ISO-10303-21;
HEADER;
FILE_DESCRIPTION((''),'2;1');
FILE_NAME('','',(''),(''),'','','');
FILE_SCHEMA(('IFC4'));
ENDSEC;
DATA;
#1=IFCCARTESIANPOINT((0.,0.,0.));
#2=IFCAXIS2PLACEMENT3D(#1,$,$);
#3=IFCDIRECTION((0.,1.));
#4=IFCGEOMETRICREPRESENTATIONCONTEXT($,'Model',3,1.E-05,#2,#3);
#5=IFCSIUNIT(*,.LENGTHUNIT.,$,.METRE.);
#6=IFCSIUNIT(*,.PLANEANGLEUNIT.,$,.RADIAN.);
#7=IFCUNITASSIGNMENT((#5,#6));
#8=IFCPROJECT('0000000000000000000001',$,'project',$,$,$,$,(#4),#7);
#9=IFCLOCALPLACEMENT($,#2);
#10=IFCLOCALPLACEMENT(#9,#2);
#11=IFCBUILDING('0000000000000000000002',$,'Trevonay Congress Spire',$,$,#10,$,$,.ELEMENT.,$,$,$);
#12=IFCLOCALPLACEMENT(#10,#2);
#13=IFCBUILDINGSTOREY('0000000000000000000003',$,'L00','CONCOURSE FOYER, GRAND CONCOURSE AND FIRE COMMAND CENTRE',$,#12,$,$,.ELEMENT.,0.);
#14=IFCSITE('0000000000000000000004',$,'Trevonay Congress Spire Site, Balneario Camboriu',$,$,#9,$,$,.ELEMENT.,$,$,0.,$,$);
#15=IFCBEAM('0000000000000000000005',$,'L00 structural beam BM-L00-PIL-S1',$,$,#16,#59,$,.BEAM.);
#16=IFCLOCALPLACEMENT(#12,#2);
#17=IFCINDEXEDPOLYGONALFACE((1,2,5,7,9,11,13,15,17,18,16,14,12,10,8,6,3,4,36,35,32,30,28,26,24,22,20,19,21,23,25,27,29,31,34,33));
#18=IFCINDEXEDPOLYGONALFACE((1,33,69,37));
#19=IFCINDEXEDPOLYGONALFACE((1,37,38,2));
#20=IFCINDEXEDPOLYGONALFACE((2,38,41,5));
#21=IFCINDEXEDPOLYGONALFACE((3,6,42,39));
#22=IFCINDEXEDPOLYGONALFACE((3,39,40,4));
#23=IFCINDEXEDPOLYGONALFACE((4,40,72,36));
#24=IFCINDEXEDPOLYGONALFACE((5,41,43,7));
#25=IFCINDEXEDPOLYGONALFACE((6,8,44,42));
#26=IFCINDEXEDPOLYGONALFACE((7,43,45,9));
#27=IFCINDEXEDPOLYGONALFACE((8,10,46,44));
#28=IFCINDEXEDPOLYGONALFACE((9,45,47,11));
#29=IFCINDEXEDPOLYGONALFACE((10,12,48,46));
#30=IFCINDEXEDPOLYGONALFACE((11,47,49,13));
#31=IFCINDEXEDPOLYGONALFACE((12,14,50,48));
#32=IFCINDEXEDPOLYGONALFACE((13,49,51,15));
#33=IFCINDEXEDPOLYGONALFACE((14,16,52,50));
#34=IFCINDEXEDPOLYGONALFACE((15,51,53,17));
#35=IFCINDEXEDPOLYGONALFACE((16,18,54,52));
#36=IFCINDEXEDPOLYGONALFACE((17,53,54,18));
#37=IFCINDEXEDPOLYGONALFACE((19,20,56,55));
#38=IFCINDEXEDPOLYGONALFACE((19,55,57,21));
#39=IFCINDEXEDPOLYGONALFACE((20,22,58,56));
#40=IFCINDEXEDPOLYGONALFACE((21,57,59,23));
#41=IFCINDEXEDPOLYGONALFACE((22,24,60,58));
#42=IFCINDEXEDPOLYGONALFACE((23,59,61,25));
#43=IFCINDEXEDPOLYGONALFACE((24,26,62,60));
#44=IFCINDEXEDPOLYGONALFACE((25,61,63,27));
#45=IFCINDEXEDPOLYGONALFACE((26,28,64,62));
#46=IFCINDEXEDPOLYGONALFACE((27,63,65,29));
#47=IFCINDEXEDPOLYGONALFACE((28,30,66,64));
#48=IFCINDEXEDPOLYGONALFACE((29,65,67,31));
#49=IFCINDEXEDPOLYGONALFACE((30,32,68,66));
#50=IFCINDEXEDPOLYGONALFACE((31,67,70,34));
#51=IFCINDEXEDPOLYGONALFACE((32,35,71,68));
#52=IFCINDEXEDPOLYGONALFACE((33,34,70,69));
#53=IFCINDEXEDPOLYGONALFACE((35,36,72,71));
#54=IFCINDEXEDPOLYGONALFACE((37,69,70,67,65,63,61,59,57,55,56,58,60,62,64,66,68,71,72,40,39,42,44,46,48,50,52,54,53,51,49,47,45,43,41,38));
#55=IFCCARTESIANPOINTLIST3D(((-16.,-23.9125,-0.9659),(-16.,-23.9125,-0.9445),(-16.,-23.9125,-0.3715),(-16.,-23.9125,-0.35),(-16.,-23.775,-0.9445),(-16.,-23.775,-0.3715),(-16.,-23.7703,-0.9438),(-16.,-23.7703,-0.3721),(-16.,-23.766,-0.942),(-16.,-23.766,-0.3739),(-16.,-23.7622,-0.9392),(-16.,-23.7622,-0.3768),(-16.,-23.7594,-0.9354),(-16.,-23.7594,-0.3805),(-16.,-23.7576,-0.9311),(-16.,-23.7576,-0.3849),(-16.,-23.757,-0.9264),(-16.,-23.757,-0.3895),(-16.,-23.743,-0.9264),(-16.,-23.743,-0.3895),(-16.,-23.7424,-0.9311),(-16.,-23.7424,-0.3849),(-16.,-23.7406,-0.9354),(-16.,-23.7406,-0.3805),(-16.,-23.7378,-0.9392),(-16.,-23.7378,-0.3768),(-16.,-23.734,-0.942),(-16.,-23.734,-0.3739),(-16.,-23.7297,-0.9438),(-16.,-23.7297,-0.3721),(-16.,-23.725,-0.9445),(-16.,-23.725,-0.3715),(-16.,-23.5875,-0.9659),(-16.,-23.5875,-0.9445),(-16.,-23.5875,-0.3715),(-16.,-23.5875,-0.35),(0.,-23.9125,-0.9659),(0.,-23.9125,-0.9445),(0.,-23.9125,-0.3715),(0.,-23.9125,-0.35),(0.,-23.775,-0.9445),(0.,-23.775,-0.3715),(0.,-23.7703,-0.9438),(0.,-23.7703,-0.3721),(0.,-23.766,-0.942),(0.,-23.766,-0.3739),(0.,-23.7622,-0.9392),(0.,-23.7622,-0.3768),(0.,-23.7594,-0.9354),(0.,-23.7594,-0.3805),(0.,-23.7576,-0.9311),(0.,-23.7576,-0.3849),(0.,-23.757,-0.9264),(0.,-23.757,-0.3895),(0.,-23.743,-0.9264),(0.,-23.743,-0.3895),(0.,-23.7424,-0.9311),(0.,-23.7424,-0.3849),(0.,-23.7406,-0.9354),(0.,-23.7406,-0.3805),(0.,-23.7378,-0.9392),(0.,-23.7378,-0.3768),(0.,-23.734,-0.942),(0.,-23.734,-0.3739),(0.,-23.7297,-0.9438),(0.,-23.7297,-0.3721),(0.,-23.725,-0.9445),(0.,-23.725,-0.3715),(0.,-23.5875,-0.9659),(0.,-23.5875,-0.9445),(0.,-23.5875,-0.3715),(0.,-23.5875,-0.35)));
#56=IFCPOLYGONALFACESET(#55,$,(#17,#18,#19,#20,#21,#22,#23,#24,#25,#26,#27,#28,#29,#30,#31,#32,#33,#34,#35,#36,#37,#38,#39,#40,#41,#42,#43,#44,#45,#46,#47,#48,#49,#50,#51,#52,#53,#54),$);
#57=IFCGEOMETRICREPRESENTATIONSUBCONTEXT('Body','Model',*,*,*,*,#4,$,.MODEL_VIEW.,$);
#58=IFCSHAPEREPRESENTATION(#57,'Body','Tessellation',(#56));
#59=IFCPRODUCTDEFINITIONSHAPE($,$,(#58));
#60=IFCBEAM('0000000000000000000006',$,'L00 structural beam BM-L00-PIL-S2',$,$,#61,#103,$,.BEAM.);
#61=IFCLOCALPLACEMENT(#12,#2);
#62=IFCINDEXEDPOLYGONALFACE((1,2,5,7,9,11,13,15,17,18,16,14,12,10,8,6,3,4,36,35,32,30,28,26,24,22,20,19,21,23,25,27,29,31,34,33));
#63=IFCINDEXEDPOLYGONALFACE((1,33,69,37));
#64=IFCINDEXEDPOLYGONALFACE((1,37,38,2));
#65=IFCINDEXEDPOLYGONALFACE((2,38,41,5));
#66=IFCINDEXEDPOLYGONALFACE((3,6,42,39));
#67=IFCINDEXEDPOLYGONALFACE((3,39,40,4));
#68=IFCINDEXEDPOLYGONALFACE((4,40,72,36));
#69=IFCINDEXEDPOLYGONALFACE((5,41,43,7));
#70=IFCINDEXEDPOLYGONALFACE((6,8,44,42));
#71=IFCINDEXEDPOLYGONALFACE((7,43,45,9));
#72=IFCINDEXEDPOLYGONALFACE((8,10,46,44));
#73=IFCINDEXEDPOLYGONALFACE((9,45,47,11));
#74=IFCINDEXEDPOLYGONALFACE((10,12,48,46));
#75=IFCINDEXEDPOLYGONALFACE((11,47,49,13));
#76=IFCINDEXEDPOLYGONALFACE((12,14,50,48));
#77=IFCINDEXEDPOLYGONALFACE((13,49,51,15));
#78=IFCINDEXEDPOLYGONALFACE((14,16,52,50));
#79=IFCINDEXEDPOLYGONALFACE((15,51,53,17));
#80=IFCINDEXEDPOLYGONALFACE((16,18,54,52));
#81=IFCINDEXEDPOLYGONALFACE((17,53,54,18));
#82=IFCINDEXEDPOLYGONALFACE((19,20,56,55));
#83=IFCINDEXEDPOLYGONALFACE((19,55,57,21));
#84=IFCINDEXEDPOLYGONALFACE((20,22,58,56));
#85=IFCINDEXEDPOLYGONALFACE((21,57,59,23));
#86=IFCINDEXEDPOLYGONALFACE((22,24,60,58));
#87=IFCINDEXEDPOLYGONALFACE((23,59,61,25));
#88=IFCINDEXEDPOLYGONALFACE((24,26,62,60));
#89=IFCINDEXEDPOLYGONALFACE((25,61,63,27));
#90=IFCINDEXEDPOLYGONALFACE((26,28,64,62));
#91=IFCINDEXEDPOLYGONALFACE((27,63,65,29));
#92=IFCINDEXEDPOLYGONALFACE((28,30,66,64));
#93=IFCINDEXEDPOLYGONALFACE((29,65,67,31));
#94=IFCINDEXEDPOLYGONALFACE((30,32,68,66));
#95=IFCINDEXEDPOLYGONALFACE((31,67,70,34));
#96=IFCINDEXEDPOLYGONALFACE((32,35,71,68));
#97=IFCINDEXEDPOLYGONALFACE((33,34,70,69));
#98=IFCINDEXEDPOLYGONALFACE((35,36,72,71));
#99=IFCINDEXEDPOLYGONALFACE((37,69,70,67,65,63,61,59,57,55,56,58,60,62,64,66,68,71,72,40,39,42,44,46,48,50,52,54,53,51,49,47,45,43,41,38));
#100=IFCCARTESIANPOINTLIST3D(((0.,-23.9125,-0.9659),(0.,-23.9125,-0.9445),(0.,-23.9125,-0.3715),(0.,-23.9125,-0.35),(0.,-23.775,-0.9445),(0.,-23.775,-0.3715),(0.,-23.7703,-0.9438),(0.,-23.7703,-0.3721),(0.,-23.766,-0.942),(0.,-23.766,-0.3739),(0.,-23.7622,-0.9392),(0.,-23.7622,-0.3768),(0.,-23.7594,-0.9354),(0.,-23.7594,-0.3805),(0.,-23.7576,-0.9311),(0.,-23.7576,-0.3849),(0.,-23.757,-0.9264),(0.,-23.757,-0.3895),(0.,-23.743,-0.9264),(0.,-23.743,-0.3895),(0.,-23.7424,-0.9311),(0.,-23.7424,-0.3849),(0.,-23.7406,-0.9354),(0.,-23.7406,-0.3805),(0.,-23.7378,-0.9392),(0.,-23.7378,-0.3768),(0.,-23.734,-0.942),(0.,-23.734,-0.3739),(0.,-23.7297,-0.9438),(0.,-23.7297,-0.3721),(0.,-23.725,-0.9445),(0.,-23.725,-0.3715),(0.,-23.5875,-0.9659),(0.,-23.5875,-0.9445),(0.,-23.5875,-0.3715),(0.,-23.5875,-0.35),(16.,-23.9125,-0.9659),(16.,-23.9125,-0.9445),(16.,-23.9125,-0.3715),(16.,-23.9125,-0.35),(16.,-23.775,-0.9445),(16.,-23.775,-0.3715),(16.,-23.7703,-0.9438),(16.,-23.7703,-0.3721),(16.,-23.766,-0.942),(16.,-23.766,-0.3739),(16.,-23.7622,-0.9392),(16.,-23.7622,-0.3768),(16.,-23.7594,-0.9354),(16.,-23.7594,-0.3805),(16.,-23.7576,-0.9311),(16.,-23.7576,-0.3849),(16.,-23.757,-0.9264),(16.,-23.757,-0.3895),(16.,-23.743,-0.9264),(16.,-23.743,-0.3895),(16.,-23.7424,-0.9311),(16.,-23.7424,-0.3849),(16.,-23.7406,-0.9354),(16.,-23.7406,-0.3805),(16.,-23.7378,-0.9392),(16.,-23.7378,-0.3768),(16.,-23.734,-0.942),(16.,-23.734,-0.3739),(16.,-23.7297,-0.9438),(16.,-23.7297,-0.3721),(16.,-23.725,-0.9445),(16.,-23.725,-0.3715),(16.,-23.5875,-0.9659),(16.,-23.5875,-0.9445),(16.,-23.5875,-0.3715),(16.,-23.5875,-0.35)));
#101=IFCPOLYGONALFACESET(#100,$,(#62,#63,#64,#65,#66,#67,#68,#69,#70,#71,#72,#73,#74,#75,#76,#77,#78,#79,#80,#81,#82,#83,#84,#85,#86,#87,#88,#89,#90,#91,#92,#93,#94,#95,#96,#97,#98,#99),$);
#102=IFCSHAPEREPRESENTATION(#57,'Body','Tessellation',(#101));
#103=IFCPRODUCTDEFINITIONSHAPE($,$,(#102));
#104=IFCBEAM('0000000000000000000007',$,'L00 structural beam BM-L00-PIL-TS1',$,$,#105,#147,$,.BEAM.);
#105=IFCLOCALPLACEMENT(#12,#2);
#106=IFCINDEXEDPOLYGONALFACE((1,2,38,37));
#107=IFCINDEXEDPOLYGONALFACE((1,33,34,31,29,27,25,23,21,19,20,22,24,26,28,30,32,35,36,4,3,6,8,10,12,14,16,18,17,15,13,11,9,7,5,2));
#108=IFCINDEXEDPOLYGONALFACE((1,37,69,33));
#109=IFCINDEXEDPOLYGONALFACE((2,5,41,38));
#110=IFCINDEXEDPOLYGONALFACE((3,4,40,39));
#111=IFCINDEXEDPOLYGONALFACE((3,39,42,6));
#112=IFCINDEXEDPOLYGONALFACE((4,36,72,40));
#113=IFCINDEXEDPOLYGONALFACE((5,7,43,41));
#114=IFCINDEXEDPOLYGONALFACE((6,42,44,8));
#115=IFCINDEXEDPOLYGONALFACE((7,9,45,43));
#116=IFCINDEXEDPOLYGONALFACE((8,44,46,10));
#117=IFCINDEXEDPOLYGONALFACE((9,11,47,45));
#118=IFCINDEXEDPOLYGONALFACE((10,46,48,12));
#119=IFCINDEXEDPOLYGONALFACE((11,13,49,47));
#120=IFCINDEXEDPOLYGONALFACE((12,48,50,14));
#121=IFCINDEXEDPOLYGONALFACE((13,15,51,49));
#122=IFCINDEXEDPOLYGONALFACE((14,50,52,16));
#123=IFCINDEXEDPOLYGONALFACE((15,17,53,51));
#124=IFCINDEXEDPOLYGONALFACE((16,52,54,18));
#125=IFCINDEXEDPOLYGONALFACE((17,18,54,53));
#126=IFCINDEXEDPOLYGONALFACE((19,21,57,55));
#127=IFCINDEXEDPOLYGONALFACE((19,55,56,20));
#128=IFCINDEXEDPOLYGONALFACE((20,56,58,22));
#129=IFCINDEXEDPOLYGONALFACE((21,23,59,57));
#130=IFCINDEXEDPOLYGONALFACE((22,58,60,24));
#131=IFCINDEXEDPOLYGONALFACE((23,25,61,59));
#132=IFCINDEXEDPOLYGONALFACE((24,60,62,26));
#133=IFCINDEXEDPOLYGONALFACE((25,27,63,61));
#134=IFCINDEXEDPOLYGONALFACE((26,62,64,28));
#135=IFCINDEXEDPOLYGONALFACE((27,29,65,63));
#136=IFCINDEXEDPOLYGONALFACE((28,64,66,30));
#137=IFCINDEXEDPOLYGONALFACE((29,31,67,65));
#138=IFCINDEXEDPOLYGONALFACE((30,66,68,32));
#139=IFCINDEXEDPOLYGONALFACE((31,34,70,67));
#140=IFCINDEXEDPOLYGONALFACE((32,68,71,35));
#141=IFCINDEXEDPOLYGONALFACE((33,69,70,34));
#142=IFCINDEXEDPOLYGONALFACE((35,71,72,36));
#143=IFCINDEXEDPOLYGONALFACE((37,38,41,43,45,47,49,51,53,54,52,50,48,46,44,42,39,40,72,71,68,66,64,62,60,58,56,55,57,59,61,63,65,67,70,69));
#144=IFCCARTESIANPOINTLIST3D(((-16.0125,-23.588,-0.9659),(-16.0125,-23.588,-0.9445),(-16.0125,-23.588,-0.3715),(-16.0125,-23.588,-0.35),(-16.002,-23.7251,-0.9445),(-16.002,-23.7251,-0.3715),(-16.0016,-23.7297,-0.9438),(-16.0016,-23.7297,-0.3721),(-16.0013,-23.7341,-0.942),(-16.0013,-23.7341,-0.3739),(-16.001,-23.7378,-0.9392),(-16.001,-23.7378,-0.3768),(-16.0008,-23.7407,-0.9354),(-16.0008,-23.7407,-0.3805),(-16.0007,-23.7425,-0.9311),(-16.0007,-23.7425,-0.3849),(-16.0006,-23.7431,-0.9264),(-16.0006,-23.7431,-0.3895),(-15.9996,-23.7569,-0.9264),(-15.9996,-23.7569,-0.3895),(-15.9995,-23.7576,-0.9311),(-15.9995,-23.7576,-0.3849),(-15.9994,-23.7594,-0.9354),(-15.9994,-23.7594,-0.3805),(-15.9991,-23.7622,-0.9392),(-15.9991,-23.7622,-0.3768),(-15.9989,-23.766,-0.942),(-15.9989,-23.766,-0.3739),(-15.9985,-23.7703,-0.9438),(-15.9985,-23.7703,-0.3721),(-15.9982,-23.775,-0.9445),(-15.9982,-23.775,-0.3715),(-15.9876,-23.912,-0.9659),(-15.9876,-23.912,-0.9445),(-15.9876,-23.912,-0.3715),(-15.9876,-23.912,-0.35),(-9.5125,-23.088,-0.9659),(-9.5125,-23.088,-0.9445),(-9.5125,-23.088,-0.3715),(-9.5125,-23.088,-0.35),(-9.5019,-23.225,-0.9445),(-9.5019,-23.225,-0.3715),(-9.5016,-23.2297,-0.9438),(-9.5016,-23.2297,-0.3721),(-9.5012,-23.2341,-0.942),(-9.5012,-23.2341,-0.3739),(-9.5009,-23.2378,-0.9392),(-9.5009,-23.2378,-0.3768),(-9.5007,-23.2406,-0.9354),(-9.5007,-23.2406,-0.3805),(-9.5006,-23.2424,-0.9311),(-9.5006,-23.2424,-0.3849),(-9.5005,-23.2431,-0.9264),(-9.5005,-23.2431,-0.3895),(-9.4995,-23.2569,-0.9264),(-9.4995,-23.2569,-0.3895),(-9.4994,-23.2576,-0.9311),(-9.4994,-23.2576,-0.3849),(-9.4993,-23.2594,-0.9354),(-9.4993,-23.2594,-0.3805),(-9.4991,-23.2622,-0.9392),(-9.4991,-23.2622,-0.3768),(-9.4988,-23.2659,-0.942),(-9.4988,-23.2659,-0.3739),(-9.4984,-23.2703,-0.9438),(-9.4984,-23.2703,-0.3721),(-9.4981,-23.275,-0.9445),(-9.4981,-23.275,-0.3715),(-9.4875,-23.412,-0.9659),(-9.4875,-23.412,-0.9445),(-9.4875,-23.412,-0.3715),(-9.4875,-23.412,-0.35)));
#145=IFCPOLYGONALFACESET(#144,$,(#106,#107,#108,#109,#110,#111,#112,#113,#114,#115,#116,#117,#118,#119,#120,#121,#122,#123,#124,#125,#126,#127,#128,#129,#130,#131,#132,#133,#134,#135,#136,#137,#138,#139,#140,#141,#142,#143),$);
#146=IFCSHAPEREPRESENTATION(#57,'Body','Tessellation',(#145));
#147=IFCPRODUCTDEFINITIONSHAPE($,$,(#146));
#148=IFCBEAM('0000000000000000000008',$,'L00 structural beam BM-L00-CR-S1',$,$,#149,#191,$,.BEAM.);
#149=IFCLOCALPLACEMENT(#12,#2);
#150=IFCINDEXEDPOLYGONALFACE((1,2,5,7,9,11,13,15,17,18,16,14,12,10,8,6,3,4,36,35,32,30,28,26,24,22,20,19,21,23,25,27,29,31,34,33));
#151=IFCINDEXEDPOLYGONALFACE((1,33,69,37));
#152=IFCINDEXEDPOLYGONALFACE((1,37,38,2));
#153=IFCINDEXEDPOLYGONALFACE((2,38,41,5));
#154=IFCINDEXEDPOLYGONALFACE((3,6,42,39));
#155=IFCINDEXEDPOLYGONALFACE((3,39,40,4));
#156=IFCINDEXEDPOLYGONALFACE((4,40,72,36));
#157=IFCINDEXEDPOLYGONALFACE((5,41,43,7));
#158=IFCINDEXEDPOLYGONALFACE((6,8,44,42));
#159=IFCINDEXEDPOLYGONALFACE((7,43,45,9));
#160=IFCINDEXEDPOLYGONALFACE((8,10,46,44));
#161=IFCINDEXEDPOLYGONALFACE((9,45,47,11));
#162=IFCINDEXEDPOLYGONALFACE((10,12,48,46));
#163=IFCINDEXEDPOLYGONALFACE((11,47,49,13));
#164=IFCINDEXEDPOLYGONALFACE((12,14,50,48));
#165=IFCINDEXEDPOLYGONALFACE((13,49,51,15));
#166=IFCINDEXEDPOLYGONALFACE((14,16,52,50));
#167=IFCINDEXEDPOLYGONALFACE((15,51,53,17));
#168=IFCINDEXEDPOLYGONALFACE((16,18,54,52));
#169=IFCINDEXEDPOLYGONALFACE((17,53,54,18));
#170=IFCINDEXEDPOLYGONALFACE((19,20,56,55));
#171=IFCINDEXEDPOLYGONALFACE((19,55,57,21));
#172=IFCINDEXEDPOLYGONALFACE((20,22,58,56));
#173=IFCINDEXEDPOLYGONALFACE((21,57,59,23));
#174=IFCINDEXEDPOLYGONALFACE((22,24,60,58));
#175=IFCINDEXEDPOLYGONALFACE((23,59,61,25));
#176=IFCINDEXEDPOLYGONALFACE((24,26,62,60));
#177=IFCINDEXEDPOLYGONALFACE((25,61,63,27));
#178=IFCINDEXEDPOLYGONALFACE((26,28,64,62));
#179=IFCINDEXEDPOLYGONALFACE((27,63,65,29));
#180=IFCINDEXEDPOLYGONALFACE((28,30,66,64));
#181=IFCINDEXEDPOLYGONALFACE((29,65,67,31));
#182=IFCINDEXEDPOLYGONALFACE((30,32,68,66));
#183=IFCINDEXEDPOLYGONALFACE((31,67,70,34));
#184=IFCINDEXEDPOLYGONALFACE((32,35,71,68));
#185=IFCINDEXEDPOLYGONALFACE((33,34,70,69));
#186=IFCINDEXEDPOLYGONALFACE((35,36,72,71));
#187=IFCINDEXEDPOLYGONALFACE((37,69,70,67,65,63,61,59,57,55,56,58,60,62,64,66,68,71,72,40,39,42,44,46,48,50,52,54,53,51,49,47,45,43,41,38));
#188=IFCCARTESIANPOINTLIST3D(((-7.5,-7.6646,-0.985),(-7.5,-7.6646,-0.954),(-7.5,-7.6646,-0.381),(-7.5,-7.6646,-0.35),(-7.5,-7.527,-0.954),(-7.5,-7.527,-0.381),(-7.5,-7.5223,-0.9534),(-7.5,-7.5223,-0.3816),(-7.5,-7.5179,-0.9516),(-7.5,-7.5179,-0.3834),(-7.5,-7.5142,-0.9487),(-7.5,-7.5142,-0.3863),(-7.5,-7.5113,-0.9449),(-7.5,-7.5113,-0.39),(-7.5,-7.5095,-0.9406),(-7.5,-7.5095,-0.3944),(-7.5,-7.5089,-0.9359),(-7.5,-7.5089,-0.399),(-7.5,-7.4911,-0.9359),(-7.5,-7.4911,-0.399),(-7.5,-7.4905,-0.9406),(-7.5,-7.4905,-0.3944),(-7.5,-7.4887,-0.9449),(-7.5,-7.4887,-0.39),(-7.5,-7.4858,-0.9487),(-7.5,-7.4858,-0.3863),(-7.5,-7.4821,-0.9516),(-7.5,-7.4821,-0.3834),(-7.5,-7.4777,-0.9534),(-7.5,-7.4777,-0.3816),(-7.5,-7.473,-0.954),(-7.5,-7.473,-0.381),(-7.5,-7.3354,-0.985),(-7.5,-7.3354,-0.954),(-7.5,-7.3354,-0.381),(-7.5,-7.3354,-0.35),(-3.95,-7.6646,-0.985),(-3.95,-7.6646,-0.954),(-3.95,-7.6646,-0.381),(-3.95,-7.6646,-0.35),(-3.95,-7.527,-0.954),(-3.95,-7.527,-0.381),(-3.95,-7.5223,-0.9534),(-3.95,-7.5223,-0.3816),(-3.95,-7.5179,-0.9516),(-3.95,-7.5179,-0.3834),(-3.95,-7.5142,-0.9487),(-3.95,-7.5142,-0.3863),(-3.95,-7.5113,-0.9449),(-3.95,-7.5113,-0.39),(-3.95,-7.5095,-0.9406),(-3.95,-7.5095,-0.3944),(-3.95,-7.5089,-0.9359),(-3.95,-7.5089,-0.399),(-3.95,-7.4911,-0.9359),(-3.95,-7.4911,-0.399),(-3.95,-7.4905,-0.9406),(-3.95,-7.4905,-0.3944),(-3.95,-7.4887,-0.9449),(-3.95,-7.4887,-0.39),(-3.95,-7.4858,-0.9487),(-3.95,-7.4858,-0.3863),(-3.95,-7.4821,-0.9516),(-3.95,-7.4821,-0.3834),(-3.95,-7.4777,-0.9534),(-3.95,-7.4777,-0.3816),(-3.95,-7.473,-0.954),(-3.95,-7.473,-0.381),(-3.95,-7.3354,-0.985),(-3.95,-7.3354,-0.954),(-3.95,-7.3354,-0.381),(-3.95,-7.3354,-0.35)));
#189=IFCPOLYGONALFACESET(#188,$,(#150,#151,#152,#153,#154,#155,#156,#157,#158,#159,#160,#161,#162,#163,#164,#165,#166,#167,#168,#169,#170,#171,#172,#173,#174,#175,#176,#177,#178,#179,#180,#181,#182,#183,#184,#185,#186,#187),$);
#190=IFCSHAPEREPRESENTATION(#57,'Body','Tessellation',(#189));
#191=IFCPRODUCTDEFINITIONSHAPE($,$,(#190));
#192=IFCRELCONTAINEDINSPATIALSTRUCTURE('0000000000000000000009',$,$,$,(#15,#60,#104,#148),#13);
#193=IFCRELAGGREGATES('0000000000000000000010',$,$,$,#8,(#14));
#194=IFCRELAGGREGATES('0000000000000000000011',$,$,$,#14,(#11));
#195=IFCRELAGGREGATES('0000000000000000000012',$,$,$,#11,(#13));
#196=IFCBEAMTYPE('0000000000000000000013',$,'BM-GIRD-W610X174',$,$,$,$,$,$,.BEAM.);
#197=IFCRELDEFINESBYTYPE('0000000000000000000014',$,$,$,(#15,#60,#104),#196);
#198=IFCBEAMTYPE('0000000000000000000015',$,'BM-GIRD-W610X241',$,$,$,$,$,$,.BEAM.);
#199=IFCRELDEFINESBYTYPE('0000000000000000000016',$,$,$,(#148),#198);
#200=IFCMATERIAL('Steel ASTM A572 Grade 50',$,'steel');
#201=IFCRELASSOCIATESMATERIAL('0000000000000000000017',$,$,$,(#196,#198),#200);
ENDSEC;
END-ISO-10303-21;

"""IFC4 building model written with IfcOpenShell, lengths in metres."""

from ifc_helpers import new_model, si_unit, direction, frame, origin, origin_2d, place, context, subcontext, project, spatial, i_section, extrude, material, material_profile, profile_set, type_object, element, save


model = new_model("IFC4")

# Units and contexts
model_context = context("Model", 3, precision=1e-05, world=origin(), true_north=direction((0.0, 1.0)))
body_context = subcontext(model_context, "Body", "Model", "MODEL_VIEW")
ifc_project = project(units=[si_unit("LENGTHUNIT", "METRE"), si_unit("PLANEANGLEUNIT", "RADIAN")], contexts=[model_context])

# Site, building, storey
site_placement = place(None, origin())
site = spatial("IfcSite", under=ifc_project, at=site_placement, Name="Trevonay Congress Spire Site, Balneario Camboriu", CompositionType="ELEMENT", RefElevation=0.0)
building_placement = place(site_placement, origin())
building = spatial("IfcBuilding", under=site, at=building_placement, Name="Trevonay Congress Spire", CompositionType="ELEMENT")
storey_placement = place(building_placement, origin())
storey = spatial("IfcBuildingStorey", under=building, at=storey_placement, Name="L00", Description="CONCOURSE FOYER, GRAND CONCOURSE AND FIRE COMMAND CENTRE", CompositionType="ELEMENT", Elevation=0.0)

# Shared definitions
ifc_material_1 = material(Name="Steel ASTM A572 Grade 50", Category="steel")

# Beams
ifc_material_profile_1 = material_profile(ifc_material_1, i_section(OverallWidth=0.325, OverallDepth=0.616, WebThickness=0.0139, FlangeThickness=0.0215, FilletRadius=0.0181, at=origin_2d()), Name="W610x174")
ifc_profile_set_1 = profile_set([ifc_material_profile_1], Name="Steel ASTM A572 Grade 50")
beam_type_1 = type_object("IfcBeamType", Name="BM-GIRD-W610X174", PredefinedType="BEAM", material=ifc_profile_set_1)
for number, where, z_axis, x_axis, name in (
    (1, (-16.0, -23.75, -0.658), (1.0, 0.0, 0.0), (0.0, 1.0, 0.0), "L00 structural beam BM-L00-PIL-S1"),
    (2, (0.0, -23.75, -0.658), (1.0, 0.0, 0.0), (0.0, 1.0, 0.0), "L00 structural beam BM-L00-PIL-S2"),
):
    element("IfcBeam", number, at=place(storey_placement, frame(where, z_axis=z_axis, x_axis=x_axis)), inside=storey, type_object=beam_type_1, Name=name, PredefinedType="BEAM", context=body_context, shape_type="SweptSolid", body=[
        extrude(i_section(OverallWidth=0.325, OverallDepth=0.616, WebThickness=0.0139, FlangeThickness=0.0215, FilletRadius=0.0181, at=origin_2d()), origin(), (0.0, 0.0, 1.0), 16.0),
    ])
beam_1_placement = place(storey_placement, frame((-9.5, -23.25, -0.658), z_axis=(-0.997054, -0.076696, 0.0), x_axis=(0.076696, -0.997054, 0.0)))
element("IfcBeam", 3, at=beam_1_placement, inside=storey, type_object=beam_type_1, Name="L00 structural beam BM-L00-PIL-TS1", PredefinedType="BEAM", context=body_context, shape_type="SweptSolid", body=[
    extrude(i_section(OverallWidth=0.325, OverallDepth=0.616, WebThickness=0.0139, FlangeThickness=0.0215, FilletRadius=0.0181, at=origin_2d()), origin(), (0.0, 0.0, 1.0), 6.5193),
])
ifc_material_profile_2 = material_profile(ifc_material_1, i_section(OverallWidth=0.3291, OverallDepth=0.635, WebThickness=0.0178, FlangeThickness=0.031, FilletRadius=0.0181, at=origin_2d()), Name="W610x241")
ifc_profile_set_2 = profile_set([ifc_material_profile_2], Name="Steel ASTM A572 Grade 50")
beam_type_2 = type_object("IfcBeamType", Name="BM-GIRD-W610X241", PredefinedType="BEAM", material=ifc_profile_set_2)
beam_2_placement = place(storey_placement, frame((-7.5, -7.5, -0.6675), z_axis=(1.0, 0.0, 0.0), x_axis=(0.0, 1.0, 0.0)))
element("IfcBeam", 4, at=beam_2_placement, inside=storey, type_object=beam_type_2, Name="L00 structural beam BM-L00-CR-S1", PredefinedType="BEAM", context=body_context, shape_type="SweptSolid", body=[
    extrude(i_section(OverallWidth=0.3291, OverallDepth=0.635, WebThickness=0.0178, FlangeThickness=0.031, FilletRadius=0.0181, at=origin_2d()), origin(), (0.0, 0.0, 1.0), 3.55),
])

save(model, "model.ifc")
